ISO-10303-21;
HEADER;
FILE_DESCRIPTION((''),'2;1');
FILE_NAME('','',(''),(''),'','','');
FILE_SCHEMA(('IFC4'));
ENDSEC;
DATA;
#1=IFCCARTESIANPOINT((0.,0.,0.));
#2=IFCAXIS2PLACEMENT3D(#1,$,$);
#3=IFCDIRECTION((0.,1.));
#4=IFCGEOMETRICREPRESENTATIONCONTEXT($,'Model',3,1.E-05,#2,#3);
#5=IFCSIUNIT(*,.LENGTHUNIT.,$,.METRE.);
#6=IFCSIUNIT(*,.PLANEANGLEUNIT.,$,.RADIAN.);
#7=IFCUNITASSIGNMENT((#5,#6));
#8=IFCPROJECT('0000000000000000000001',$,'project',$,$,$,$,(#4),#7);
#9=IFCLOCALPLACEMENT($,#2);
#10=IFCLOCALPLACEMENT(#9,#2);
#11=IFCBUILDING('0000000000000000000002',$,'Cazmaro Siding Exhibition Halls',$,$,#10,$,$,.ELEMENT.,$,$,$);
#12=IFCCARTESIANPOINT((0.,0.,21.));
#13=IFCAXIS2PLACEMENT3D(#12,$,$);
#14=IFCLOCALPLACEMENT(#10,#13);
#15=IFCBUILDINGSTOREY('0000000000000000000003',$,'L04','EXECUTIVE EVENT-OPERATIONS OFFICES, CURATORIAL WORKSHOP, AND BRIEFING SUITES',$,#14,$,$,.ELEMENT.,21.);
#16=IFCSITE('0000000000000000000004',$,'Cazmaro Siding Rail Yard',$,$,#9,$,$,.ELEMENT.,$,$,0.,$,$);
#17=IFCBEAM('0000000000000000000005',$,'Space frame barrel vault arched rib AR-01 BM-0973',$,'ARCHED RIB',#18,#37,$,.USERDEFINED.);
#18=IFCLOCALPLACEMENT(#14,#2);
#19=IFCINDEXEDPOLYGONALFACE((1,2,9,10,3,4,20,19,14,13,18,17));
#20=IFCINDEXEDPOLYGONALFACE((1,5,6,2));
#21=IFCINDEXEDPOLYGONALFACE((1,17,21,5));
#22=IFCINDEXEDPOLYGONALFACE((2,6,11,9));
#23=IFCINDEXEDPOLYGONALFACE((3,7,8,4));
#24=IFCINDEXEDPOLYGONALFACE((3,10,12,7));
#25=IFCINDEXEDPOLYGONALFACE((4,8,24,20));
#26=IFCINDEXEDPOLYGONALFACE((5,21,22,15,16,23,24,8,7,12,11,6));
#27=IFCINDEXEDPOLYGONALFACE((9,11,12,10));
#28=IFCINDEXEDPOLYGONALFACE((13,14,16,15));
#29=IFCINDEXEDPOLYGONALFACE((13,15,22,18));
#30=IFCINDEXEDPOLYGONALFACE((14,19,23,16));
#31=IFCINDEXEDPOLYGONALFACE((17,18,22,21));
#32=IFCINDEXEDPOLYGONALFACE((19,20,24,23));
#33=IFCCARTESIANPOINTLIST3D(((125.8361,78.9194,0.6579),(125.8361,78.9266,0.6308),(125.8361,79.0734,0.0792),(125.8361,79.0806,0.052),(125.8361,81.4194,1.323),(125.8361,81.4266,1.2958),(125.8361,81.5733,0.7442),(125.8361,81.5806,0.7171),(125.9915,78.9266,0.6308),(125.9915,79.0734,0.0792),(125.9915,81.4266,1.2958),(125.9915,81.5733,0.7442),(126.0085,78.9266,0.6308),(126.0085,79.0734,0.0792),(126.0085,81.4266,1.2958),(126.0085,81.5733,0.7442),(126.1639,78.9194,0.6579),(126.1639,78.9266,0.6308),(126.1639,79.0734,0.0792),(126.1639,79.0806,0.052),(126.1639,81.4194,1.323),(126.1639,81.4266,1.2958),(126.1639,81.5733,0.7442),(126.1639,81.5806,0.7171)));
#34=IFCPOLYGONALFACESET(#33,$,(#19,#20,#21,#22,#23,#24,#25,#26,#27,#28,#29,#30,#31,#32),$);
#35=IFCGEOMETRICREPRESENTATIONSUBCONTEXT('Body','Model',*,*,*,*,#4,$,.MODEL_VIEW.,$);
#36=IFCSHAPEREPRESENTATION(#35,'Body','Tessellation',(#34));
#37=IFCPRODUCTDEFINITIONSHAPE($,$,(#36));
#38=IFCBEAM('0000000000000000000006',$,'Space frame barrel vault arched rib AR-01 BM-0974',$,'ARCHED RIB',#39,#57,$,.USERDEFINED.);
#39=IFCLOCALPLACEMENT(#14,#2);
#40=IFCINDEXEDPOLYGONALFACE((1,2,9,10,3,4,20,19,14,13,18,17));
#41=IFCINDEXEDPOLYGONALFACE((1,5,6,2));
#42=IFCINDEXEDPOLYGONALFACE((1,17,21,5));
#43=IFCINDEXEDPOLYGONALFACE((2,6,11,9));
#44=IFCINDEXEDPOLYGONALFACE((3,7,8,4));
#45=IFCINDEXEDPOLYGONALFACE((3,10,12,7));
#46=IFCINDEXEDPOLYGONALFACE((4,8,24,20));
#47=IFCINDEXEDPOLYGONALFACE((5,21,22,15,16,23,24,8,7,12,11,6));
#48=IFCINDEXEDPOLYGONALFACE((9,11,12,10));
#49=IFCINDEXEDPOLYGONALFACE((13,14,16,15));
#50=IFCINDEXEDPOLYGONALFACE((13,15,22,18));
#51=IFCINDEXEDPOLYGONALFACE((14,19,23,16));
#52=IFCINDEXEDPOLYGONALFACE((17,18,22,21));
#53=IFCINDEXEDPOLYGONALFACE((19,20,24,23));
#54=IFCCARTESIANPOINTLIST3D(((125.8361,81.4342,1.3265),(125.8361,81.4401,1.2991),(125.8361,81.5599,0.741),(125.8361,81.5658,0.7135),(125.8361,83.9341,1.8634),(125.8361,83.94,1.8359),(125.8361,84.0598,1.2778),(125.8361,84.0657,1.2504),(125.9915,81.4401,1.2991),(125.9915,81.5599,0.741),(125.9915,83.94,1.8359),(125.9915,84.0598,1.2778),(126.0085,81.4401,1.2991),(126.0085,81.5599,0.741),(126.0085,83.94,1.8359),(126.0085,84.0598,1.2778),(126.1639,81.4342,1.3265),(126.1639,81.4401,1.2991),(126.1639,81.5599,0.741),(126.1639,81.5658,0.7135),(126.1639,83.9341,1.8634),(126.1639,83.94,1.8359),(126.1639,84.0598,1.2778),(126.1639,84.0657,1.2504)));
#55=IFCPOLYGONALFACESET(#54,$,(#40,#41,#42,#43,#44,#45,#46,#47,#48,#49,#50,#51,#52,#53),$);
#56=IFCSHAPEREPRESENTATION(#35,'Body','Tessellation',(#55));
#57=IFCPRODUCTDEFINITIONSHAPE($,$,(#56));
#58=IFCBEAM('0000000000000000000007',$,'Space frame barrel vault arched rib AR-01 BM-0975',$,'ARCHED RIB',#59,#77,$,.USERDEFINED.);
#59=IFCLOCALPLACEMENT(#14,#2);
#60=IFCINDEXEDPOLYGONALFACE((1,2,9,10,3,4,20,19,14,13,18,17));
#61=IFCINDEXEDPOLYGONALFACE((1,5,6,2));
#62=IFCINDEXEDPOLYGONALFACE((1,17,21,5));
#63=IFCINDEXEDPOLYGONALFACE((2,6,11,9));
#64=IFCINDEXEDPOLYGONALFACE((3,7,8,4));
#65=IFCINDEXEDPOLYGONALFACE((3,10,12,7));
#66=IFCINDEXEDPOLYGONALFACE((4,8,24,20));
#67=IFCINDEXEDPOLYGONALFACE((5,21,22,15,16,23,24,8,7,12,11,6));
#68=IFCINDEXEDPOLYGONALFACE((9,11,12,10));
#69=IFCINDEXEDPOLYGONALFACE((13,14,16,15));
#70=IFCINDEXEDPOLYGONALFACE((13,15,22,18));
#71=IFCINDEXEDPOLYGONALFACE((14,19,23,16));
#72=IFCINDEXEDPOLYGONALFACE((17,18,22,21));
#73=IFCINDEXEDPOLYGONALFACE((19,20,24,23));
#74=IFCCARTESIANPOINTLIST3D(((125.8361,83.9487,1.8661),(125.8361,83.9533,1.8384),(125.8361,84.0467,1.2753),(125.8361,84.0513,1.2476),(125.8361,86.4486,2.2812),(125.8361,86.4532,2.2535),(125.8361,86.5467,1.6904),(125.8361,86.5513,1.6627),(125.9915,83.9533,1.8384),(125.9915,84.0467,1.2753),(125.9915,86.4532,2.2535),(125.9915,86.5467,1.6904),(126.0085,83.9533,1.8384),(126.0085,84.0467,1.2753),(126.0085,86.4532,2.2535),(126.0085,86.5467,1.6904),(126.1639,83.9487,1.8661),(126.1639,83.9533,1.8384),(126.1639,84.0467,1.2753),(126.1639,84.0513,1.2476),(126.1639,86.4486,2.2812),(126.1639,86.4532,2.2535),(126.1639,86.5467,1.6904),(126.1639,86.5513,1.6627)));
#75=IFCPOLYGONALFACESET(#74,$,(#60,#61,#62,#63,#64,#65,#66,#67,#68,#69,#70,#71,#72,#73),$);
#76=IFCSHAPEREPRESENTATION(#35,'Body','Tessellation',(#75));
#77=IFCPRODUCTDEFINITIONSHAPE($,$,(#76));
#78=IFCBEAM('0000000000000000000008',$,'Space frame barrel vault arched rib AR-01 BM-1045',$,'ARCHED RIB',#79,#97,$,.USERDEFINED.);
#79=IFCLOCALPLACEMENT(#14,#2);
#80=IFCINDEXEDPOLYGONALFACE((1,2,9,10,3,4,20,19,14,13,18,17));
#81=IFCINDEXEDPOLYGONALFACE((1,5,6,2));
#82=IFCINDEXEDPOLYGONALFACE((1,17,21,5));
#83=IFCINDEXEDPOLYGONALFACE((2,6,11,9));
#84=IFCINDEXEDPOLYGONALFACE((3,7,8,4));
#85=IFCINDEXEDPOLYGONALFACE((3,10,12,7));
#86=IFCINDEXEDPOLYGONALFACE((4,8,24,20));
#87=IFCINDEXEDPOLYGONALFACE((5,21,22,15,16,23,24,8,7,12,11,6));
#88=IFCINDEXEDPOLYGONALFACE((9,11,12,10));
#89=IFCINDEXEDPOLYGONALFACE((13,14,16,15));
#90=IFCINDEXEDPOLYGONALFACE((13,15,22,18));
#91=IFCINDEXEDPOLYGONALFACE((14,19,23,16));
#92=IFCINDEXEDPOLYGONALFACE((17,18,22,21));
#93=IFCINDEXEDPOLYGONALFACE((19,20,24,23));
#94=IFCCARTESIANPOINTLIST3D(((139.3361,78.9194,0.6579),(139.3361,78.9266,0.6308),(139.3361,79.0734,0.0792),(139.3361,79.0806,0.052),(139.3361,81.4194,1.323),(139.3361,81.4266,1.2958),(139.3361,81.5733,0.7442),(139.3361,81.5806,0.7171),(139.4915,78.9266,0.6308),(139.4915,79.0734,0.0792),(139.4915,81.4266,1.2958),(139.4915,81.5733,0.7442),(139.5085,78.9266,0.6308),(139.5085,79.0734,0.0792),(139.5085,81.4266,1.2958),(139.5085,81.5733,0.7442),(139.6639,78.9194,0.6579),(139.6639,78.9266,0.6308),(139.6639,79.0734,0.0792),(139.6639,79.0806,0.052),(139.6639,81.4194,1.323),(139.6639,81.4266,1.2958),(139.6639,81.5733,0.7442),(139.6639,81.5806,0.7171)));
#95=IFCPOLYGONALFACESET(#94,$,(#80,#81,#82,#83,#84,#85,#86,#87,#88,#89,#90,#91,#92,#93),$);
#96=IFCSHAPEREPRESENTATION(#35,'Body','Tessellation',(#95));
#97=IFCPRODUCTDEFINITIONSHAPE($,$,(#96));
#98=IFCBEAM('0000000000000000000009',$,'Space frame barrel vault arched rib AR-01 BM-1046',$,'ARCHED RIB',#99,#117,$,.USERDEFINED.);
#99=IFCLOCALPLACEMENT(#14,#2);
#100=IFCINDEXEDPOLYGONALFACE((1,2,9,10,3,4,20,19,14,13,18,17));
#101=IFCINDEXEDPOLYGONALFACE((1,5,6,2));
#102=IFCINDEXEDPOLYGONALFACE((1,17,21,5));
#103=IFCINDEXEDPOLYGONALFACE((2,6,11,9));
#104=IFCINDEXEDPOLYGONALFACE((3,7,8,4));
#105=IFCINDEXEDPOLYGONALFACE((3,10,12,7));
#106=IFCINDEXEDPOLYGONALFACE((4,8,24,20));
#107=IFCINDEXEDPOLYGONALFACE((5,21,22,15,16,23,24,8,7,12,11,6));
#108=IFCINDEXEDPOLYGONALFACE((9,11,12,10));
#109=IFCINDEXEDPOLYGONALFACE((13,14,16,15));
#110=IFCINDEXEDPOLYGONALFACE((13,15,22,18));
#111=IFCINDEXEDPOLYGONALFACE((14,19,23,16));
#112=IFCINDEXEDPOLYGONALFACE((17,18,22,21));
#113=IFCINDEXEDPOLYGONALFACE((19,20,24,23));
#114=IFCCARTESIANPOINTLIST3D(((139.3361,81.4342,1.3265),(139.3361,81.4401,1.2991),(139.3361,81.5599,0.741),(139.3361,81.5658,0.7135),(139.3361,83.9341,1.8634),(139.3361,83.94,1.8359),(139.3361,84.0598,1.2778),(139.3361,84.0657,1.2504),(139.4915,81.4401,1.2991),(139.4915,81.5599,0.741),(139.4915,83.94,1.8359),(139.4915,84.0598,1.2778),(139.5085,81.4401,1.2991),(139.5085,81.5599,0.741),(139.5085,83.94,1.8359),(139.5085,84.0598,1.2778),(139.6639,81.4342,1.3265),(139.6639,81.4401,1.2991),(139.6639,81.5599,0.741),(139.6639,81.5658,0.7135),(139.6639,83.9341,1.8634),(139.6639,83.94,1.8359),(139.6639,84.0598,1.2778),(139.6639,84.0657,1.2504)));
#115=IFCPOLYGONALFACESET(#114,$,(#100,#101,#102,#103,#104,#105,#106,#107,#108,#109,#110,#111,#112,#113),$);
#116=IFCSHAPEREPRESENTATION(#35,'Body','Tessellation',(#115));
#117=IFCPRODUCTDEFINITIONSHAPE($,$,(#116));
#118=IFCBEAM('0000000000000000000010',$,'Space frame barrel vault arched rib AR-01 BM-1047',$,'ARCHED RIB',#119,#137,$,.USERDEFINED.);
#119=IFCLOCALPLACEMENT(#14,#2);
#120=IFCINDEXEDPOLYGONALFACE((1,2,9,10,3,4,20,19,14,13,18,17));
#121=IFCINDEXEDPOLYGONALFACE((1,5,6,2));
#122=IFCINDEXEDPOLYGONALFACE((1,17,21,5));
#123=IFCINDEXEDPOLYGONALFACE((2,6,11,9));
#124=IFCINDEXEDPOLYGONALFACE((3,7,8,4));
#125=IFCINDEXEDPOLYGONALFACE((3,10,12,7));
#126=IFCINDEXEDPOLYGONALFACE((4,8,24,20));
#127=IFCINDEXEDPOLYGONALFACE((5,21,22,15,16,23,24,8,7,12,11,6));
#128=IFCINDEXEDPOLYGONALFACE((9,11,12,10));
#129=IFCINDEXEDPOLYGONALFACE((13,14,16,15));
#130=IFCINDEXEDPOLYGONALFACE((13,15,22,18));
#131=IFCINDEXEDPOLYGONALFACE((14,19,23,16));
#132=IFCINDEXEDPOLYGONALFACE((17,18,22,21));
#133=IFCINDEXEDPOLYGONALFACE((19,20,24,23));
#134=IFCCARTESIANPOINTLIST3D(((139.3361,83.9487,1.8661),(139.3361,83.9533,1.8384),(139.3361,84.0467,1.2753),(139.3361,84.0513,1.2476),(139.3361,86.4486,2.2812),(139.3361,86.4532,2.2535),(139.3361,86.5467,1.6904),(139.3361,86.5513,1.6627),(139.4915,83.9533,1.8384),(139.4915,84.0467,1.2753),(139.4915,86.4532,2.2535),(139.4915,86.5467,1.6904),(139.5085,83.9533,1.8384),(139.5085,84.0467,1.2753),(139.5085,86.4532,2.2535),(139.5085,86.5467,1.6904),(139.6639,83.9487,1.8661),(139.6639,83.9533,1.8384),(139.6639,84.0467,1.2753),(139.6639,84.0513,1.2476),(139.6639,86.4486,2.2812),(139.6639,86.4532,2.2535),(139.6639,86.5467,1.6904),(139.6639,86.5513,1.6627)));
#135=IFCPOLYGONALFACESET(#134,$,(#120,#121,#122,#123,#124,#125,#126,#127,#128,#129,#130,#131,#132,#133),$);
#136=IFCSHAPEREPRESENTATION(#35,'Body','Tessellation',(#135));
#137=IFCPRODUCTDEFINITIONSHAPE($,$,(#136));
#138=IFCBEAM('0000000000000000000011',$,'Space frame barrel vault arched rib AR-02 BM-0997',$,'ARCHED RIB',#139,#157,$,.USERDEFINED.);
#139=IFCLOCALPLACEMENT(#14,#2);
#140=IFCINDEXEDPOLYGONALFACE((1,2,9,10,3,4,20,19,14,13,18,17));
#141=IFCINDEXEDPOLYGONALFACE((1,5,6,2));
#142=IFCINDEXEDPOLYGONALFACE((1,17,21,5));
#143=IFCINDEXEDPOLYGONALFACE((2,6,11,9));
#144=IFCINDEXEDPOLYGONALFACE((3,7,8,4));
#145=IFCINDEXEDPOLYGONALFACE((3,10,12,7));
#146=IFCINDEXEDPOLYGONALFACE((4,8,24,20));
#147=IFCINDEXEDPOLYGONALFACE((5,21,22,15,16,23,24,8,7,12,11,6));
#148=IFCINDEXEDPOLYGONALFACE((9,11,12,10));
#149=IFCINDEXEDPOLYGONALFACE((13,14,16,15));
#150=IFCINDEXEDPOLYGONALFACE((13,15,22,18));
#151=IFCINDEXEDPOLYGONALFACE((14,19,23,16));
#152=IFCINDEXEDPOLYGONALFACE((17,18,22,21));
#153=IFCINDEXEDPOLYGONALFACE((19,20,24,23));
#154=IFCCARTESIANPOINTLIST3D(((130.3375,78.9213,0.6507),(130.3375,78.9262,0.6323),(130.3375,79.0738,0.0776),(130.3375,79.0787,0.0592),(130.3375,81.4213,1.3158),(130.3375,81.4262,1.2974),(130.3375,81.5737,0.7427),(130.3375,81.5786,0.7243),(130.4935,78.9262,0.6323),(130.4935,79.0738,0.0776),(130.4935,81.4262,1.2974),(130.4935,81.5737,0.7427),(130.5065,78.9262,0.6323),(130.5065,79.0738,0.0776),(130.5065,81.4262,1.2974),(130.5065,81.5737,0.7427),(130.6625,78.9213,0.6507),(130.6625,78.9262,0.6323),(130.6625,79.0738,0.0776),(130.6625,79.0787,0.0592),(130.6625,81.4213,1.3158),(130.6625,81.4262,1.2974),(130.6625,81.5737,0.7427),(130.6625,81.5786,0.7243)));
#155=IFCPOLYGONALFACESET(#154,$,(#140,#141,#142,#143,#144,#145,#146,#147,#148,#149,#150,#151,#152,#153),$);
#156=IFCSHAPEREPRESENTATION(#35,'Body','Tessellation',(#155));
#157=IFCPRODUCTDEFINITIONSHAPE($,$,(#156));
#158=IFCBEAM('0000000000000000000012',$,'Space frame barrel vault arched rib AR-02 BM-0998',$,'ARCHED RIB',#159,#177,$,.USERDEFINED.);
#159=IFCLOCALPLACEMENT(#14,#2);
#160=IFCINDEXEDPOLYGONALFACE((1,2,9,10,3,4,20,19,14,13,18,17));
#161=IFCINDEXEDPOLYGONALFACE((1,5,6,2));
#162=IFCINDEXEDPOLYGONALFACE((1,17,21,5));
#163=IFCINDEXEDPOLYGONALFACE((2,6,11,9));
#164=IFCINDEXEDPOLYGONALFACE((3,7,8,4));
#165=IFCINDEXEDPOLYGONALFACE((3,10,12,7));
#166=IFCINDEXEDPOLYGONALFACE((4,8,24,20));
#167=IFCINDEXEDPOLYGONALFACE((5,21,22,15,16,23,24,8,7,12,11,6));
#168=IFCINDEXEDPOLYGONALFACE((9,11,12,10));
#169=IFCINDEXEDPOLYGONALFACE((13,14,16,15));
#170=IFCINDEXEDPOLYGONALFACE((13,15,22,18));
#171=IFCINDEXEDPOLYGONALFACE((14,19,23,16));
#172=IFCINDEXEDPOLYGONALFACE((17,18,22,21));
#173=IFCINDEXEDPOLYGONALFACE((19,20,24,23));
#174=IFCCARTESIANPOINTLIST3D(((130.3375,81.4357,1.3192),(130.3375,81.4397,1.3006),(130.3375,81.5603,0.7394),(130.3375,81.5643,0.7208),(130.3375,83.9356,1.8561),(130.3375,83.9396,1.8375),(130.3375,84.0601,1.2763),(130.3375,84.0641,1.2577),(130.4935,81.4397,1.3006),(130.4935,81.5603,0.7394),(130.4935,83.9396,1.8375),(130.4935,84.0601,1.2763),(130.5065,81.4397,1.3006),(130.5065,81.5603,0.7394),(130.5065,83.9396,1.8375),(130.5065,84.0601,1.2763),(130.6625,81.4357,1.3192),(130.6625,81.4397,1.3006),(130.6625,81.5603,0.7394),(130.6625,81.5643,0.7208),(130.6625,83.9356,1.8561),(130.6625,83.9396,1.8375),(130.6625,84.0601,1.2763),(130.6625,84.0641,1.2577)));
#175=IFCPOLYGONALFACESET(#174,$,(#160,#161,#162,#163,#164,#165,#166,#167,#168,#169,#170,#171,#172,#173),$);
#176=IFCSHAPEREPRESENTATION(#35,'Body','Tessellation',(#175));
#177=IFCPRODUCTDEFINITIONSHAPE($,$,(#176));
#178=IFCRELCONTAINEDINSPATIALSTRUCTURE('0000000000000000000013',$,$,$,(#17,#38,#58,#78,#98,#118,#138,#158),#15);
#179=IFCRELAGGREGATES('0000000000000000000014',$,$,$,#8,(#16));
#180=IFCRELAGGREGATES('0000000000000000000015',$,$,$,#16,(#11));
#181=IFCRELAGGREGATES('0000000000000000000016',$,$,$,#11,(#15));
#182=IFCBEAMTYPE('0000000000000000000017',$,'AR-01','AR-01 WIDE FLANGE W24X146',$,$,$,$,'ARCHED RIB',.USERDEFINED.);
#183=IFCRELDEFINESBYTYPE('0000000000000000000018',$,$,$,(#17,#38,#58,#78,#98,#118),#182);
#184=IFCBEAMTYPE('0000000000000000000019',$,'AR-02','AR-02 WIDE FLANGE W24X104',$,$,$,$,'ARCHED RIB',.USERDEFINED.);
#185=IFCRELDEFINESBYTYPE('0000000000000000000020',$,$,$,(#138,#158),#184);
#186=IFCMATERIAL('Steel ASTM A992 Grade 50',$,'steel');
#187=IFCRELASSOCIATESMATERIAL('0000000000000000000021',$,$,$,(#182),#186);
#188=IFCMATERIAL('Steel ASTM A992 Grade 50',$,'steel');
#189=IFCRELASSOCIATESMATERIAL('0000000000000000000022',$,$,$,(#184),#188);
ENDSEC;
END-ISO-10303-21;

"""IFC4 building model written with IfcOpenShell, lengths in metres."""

from ifc_helpers import new_model, si_unit, direction, frame, origin, origin_2d, place, context, subcontext, project, spatial, i_section, extrude, material, material_profile, profile_set, type_object, element, save


model = new_model("IFC4")

# Units and contexts
model_context = context("Model", 3, precision=1e-05, world=origin(), true_north=direction((0.0, 1.0)))
body_context = subcontext(model_context, "Body", "Model", "MODEL_VIEW")
ifc_project = project(units=[si_unit("LENGTHUNIT", "METRE"), si_unit("PLANEANGLEUNIT", "RADIAN")], contexts=[model_context])

# Site, building, storey
site_placement = place(None, origin())
site = spatial("IfcSite", under=ifc_project, at=site_placement, Name="Cazmaro Siding Rail Yard", CompositionType="ELEMENT", RefElevation=0.0)
building_placement = place(site_placement, origin())
building = spatial("IfcBuilding", under=site, at=building_placement, Name="Cazmaro Siding Exhibition Halls", CompositionType="ELEMENT")
storey_placement = place(building_placement, frame((0.0, 0.0, 21.0)))
storey = spatial("IfcBuildingStorey", under=building, at=storey_placement, Name="L04", Description="EXECUTIVE EVENT-OPERATIONS OFFICES, CURATORIAL WORKSHOP, AND BRIEFING SUITES", CompositionType="ELEMENT", Elevation=21.0)

# Beams
ifc_material_1 = material(Name="Steel ASTM A992 Grade 50", Category="steel")
ifc_material_profile_1 = material_profile(ifc_material_1, i_section(OverallWidth=0.3279, OverallDepth=0.627, WebThickness=0.0171, FlangeThickness=0.0281, at=origin_2d()), Name="W24X146")
ifc_profile_set_1 = profile_set([ifc_material_profile_1], Name="Steel ASTM A992 Grade 50")
beam_type_1 = type_object("IfcBeamType", Name="AR-01", Description="AR-01 WIDE FLANGE W24X146", ElementType="ARCHED RIB", PredefinedType="USERDEFINED", material=ifc_profile_set_1)
beam_1_placement = place(storey_placement, frame((126.0, 79.0, 0.355), z_axis=(0.0, 0.966391, 0.257075), x_axis=(-1.0, 0.0, 0.0)))
element("IfcBeam", 1, at=beam_1_placement, inside=storey, type_object=beam_type_1, Name="Space frame barrel vault arched rib AR-01 BM-0973", ObjectType="ARCHED RIB", PredefinedType="USERDEFINED", context=body_context, shape_type="SweptSolid", body=[
    extrude(i_section(OverallWidth=0.3279, OverallDepth=0.627, WebThickness=0.0171, FlangeThickness=0.0281, at=origin_2d()), origin(), (0.0, 0.0, 1.0), 2.5869),
])
beam_2_placement = place(storey_placement, frame((126.0, 81.5, 1.02), z_axis=(0.0, 0.97771, 0.209959), x_axis=(-1.0, 0.0, 0.0)))
element("IfcBeam", 2, at=beam_2_placement, inside=storey, type_object=beam_type_1, Name="Space frame barrel vault arched rib AR-01 BM-0974", ObjectType="ARCHED RIB", PredefinedType="USERDEFINED", context=body_context, shape_type="SweptSolid", body=[
    extrude(i_section(OverallWidth=0.3279, OverallDepth=0.627, WebThickness=0.0171, FlangeThickness=0.0281, at=origin_2d()), origin(), (0.0, 0.0, 1.0), 2.5569),
])
beam_3_placement = place(storey_placement, frame((126.0, 84.0, 1.5569), z_axis=(0.0, 0.986498, 0.163774), x_axis=(-1.0, 0.0, 0.0)))
element("IfcBeam", 3, at=beam_3_placement, inside=storey, type_object=beam_type_1, Name="Space frame barrel vault arched rib AR-01 BM-0975", ObjectType="ARCHED RIB", PredefinedType="USERDEFINED", context=body_context, shape_type="SweptSolid", body=[
    extrude(i_section(OverallWidth=0.3279, OverallDepth=0.627, WebThickness=0.0171, FlangeThickness=0.0281, at=origin_2d()), origin(), (0.0, 0.0, 1.0), 2.5342),
])
beam_4_placement = place(storey_placement, frame((139.5, 79.0, 0.355), z_axis=(0.0, 0.966391, 0.257075), x_axis=(-1.0, 0.0, 0.0)))
element("IfcBeam", 4, at=beam_4_placement, inside=storey, type_object=beam_type_1, Name="Space frame barrel vault arched rib AR-01 BM-1045", ObjectType="ARCHED RIB", PredefinedType="USERDEFINED", context=body_context, shape_type="SweptSolid", body=[
    extrude(i_section(OverallWidth=0.3279, OverallDepth=0.627, WebThickness=0.0171, FlangeThickness=0.0281, at=origin_2d()), origin(), (0.0, 0.0, 1.0), 2.5869),
])
beam_5_placement = place(storey_placement, frame((139.5, 81.5, 1.02), z_axis=(0.0, 0.97771, 0.209959), x_axis=(-1.0, 0.0, 0.0)))
element("IfcBeam", 5, at=beam_5_placement, inside=storey, type_object=beam_type_1, Name="Space frame barrel vault arched rib AR-01 BM-1046", ObjectType="ARCHED RIB", PredefinedType="USERDEFINED", context=body_context, shape_type="SweptSolid", body=[
    extrude(i_section(OverallWidth=0.3279, OverallDepth=0.627, WebThickness=0.0171, FlangeThickness=0.0281, at=origin_2d()), origin(), (0.0, 0.0, 1.0), 2.5569),
])
beam_6_placement = place(storey_placement, frame((139.5, 84.0, 1.5569), z_axis=(0.0, 0.986498, 0.163774), x_axis=(-1.0, 0.0, 0.0)))
element("IfcBeam", 6, at=beam_6_placement, inside=storey, type_object=beam_type_1, Name="Space frame barrel vault arched rib AR-01 BM-1047", ObjectType="ARCHED RIB", PredefinedType="USERDEFINED", context=body_context, shape_type="SweptSolid", body=[
    extrude(i_section(OverallWidth=0.3279, OverallDepth=0.627, WebThickness=0.0171, FlangeThickness=0.0281, at=origin_2d()), origin(), (0.0, 0.0, 1.0), 2.5342),
])
ifc_material_2 = material(Name="Steel ASTM A992 Grade 50", Category="steel")
ifc_material_profile_2 = material_profile(ifc_material_2, i_section(OverallWidth=0.325, OverallDepth=0.6121, WebThickness=0.0129, FlangeThickness=0.019, at=origin_2d()), Name="W24X104")
ifc_profile_set_2 = profile_set([ifc_material_profile_2], Name="Steel ASTM A992 Grade 50")
beam_type_2 = type_object("IfcBeamType", Name="AR-02", Description="AR-02 WIDE FLANGE W24X104", ElementType="ARCHED RIB", PredefinedType="USERDEFINED", material=ifc_profile_set_2)
beam_7_placement = place(storey_placement, frame((130.5, 79.0, 0.355), z_axis=(0.0, 0.966391, 0.257075), x_axis=(-1.0, 0.0, 0.0)))
element("IfcBeam", 7, at=beam_7_placement, inside=storey, type_object=beam_type_2, Name="Space frame barrel vault arched rib AR-02 BM-0997", ObjectType="ARCHED RIB", PredefinedType="USERDEFINED", context=body_context, shape_type="SweptSolid", body=[
    extrude(i_section(OverallWidth=0.325, OverallDepth=0.6121, WebThickness=0.0129, FlangeThickness=0.019, at=origin_2d()), origin(), (0.0, 0.0, 1.0), 2.5869),
])
beam_8_placement = place(storey_placement, frame((130.5, 81.5, 1.02), z_axis=(0.0, 0.97771, 0.209959), x_axis=(-1.0, 0.0, 0.0)))
element("IfcBeam", 8, at=beam_8_placement, inside=storey, type_object=beam_type_2, Name="Space frame barrel vault arched rib AR-02 BM-0998", ObjectType="ARCHED RIB", PredefinedType="USERDEFINED", context=body_context, shape_type="SweptSolid", body=[
    extrude(i_section(OverallWidth=0.325, OverallDepth=0.6121, WebThickness=0.0129, FlangeThickness=0.019, at=origin_2d()), origin(), (0.0, 0.0, 1.0), 2.5569),
])

save(model, "model.ifc")
